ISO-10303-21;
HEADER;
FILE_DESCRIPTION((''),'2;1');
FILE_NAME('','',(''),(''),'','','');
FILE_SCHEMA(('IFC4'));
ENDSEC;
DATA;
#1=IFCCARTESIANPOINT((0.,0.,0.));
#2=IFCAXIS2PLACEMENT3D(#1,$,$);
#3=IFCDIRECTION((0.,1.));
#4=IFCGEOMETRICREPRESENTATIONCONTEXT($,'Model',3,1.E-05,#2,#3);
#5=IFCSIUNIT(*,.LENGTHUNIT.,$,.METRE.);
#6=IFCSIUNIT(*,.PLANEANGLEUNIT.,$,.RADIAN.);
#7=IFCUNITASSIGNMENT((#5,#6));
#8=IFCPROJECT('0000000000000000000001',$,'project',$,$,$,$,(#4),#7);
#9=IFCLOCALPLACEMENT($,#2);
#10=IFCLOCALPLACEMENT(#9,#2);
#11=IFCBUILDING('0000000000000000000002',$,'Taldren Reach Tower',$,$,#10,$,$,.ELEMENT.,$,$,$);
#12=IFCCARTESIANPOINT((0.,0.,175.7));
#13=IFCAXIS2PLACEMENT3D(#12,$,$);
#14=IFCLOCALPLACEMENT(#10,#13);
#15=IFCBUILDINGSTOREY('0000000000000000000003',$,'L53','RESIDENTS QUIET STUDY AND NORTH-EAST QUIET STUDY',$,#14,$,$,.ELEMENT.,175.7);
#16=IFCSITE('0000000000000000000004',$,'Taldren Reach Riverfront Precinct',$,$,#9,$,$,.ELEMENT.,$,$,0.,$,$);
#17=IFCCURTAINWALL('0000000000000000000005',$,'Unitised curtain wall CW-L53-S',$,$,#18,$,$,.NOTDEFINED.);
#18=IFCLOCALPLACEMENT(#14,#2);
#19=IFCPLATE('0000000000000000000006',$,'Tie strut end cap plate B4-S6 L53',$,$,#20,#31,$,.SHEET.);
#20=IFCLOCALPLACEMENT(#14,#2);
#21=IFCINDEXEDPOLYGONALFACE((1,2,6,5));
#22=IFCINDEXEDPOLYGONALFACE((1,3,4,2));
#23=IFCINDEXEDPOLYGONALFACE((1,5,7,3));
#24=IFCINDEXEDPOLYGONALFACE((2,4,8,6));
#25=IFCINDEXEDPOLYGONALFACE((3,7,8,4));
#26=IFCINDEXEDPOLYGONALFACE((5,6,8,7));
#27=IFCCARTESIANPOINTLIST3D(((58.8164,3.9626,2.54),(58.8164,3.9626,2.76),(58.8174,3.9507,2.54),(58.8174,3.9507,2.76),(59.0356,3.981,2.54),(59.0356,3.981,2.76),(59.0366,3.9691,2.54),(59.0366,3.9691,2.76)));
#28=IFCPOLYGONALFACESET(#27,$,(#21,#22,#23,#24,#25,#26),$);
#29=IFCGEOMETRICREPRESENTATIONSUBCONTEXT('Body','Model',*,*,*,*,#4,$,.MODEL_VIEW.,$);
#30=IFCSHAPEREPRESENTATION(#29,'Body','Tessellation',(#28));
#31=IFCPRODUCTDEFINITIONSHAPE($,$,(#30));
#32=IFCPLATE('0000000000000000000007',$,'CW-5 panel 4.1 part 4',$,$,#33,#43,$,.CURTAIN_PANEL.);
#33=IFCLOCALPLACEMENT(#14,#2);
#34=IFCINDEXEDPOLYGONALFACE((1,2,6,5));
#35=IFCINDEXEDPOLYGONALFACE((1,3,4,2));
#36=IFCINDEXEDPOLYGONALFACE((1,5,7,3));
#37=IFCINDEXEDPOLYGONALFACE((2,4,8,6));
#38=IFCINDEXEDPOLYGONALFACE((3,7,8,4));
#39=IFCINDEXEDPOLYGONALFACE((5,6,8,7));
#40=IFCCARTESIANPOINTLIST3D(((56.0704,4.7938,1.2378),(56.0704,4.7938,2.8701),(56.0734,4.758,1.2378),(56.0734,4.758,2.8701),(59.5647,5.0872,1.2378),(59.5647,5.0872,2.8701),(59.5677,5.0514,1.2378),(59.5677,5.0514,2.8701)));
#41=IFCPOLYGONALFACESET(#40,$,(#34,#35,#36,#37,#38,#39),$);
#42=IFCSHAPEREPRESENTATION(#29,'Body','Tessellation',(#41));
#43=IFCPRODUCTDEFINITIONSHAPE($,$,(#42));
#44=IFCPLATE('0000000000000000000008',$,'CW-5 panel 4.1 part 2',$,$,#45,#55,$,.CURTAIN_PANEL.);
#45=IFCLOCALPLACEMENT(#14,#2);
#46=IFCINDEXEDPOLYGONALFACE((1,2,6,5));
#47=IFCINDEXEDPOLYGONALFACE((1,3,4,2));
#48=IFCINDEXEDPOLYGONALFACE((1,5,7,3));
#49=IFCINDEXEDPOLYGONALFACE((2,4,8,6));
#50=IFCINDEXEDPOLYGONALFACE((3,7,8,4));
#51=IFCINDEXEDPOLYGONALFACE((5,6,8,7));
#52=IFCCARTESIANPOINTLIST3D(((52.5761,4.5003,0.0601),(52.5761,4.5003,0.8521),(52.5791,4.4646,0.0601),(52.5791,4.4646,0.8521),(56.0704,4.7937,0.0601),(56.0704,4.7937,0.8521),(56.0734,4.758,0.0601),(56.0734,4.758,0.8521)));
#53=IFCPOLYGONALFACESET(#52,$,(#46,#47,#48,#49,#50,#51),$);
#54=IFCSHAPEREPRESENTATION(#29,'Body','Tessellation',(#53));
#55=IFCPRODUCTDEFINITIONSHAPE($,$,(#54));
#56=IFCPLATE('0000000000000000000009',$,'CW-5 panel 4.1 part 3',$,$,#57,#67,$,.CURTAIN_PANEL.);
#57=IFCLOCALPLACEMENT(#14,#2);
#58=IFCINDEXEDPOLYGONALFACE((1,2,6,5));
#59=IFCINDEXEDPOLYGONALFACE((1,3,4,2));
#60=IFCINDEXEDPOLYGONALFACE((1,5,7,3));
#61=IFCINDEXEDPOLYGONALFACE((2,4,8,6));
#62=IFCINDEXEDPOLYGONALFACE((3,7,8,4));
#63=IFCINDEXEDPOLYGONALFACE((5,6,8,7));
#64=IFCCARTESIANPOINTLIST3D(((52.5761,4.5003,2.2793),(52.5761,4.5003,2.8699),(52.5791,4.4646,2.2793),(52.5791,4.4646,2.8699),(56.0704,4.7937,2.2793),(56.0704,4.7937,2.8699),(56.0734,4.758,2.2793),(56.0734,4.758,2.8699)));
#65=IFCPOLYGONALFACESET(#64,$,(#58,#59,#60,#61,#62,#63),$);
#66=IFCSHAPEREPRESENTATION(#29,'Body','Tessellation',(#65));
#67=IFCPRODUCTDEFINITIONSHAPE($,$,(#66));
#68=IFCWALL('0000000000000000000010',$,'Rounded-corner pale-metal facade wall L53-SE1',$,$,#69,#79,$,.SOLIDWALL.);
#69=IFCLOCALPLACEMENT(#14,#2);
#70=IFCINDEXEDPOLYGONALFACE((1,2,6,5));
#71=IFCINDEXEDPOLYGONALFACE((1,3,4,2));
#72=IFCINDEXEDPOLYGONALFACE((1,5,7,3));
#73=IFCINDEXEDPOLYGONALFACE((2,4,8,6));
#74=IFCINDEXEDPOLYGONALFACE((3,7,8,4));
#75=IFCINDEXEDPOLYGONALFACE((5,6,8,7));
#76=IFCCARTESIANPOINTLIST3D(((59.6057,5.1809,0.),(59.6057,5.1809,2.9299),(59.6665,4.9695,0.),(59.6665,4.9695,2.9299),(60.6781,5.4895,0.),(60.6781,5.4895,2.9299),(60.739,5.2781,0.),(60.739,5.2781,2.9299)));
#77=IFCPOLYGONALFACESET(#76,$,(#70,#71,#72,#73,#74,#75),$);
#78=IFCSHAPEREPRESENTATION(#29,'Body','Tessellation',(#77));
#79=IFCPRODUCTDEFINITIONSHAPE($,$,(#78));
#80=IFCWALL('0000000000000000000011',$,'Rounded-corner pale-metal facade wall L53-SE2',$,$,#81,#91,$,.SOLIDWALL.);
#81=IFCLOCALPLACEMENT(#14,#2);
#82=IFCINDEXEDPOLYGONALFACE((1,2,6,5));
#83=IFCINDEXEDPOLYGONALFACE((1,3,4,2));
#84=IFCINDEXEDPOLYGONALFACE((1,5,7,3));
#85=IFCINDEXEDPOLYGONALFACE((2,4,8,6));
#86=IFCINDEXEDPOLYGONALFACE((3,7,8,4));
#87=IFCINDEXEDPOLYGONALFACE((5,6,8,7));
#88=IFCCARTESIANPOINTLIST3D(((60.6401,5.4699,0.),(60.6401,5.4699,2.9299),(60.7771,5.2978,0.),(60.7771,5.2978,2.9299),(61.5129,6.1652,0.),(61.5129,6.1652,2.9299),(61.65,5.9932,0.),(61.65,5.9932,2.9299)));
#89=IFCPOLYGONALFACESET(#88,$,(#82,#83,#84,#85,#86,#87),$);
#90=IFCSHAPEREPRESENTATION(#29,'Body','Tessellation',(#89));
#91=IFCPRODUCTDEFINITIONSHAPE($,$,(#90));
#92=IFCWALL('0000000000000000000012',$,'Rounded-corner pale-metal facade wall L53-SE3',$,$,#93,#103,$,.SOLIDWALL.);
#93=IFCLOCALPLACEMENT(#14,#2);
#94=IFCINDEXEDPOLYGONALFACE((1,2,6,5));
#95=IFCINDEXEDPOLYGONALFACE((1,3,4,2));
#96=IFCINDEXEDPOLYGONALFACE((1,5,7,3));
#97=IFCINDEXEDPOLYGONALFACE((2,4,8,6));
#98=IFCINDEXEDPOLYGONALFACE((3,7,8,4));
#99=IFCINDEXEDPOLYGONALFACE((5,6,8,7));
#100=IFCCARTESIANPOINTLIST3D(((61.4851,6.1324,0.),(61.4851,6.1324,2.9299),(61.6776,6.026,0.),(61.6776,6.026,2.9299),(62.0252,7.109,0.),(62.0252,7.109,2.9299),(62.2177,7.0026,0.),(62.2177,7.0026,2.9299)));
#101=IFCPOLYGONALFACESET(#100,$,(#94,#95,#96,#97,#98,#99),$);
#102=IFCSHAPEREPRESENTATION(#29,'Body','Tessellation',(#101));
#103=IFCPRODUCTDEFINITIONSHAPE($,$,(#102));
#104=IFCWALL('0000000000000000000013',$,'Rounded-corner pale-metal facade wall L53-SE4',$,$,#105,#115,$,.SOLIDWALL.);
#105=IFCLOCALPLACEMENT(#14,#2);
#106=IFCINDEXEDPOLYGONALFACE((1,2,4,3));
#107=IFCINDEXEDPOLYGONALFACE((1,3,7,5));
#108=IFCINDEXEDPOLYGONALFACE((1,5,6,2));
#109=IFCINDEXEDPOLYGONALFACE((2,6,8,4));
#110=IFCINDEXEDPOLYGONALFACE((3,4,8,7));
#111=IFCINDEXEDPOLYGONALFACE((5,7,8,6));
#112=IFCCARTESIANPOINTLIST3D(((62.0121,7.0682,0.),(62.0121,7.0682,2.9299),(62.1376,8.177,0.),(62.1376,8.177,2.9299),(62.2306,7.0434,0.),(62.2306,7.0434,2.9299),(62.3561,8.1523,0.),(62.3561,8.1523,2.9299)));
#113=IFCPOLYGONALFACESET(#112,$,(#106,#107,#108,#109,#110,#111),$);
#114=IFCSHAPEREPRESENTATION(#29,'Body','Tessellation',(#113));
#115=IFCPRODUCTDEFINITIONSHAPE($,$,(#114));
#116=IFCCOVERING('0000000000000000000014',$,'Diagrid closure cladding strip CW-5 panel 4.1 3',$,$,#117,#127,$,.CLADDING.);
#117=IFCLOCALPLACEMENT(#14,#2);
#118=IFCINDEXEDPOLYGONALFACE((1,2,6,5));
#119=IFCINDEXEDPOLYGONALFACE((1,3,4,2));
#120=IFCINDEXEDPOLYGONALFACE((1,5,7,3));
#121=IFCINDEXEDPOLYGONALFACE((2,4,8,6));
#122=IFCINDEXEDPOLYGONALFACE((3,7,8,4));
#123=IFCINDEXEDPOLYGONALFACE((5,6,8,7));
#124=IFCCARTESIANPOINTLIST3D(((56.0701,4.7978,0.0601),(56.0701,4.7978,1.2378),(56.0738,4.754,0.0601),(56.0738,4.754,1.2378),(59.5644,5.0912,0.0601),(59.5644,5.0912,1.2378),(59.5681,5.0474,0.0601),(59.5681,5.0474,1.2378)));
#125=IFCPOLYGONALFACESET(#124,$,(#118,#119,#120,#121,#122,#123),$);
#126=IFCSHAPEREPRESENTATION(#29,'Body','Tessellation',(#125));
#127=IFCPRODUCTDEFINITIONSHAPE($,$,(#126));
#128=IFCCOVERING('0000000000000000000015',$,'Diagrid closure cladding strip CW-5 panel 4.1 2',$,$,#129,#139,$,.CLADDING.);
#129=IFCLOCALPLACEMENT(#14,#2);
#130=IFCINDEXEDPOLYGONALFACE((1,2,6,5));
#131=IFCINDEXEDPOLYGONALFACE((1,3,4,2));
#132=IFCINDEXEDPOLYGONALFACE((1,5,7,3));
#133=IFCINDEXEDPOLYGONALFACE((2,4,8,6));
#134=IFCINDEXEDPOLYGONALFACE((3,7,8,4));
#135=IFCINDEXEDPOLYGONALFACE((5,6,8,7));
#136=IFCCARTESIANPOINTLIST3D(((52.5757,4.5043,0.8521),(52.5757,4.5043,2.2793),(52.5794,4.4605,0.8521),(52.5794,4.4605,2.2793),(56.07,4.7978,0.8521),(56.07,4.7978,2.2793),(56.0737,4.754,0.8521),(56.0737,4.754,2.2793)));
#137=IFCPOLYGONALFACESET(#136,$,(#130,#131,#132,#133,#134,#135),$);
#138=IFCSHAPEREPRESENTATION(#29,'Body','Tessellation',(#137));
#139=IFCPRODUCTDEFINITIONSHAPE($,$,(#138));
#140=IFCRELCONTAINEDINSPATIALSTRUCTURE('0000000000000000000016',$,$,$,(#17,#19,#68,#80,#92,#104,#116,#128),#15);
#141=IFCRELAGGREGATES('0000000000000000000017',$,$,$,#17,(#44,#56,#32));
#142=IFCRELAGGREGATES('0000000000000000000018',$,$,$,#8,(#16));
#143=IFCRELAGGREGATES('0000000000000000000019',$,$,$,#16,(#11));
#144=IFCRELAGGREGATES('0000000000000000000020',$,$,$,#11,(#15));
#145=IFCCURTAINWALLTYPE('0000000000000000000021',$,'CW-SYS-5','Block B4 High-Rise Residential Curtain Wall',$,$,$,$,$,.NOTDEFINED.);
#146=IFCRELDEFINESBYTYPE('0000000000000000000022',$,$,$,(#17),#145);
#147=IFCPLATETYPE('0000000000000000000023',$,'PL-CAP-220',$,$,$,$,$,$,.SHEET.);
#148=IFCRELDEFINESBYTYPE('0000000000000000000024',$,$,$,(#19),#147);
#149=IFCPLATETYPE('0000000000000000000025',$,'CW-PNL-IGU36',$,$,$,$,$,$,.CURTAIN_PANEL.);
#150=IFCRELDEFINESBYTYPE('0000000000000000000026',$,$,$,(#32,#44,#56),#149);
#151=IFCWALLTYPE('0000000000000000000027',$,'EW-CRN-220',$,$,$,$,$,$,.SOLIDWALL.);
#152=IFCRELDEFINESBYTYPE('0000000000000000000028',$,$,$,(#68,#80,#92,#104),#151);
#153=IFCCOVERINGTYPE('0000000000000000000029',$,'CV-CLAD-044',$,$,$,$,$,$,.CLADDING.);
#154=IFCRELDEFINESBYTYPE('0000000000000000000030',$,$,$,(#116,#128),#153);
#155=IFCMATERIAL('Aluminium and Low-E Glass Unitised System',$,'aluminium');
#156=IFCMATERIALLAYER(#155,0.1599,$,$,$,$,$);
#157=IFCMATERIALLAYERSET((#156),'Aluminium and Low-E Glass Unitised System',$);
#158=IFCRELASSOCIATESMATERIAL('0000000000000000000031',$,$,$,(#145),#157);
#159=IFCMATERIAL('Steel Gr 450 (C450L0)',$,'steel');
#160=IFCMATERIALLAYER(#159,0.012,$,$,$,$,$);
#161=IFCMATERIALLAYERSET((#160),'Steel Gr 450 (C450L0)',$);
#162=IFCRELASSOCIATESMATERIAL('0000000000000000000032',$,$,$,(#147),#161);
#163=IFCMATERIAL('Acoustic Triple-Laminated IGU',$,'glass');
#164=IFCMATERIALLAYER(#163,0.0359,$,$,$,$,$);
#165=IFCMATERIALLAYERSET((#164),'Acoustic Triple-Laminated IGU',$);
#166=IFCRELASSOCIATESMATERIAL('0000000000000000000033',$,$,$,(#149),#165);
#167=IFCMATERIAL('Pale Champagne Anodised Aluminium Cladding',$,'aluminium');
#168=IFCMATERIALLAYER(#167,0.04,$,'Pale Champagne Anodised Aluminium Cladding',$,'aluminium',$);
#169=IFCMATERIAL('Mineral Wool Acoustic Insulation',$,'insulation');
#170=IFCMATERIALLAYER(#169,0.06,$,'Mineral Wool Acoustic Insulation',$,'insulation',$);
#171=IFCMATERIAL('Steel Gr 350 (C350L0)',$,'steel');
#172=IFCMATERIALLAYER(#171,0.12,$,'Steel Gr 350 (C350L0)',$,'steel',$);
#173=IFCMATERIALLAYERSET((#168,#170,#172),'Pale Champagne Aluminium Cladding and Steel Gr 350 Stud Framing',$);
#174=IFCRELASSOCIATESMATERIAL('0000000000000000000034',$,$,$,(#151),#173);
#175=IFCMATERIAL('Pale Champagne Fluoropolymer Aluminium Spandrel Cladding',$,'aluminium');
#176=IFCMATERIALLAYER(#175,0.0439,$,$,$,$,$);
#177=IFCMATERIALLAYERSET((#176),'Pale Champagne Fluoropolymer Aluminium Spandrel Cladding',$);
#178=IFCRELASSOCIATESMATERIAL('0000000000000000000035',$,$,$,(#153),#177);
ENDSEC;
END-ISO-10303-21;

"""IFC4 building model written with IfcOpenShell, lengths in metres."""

from ifc_helpers import new_model, si_unit, direction, frame, frame_2d, origin, origin_2d, place, context, subcontext, project, spatial, rectangle, extrude, source, transform, mapped, material, layer, layer_set, type_object, element, aggregate, save


model = new_model("IFC4")

# Units and contexts
model_context = context("Model", 3, precision=1e-05, world=origin(), true_north=direction((0.0, 1.0)))
body_context = subcontext(model_context, "Body", "Model", "MODEL_VIEW")
ifc_project = project(units=[si_unit("LENGTHUNIT", "METRE"), si_unit("PLANEANGLEUNIT", "RADIAN")], contexts=[model_context])

# Site, building, storey
site_placement = place(None, origin())
site = spatial("IfcSite", under=ifc_project, at=site_placement, Name="Taldren Reach Riverfront Precinct", CompositionType="ELEMENT", RefElevation=0.0)
building_placement = place(site_placement, origin())
building = spatial("IfcBuilding", under=site, at=building_placement, Name="Taldren Reach Tower", CompositionType="ELEMENT")
storey_placement = place(building_placement, frame((0.0, 0.0, 175.7)))
storey = spatial("IfcBuildingStorey", under=building, at=storey_placement, Name="L53", Description="RESIDENTS QUIET STUDY AND NORTH-EAST QUIET STUDY", CompositionType="ELEMENT", Elevation=175.7)

# Shared definitions
ifc_material_1 = material(Name="Steel Gr 350 (C350L0)", Category="steel")

# Shared definitions
ifc_material_2 = material(Name="Steel Gr 450 (C450L0)", Category="steel")

# Curtain wall
ifc_material_3 = material(Name="Aluminium and Low-E Glass Unitised System", Category="aluminium")
ifc_layer_1 = layer(ifc_material_3, 0.1599)
ifc_layer_set_1 = layer_set([ifc_layer_1], Name="Aluminium and Low-E Glass Unitised System")
curtain_wall_type = type_object("IfcCurtainWallType", Name="CW-SYS-5", Description="Block B4 High-Rise Residential Curtain Wall", PredefinedType="NOTDEFINED", material=ifc_layer_set_1)
curtain_wall_1_placement = place(storey_placement, origin())
curtain_wall_1 = element("IfcCurtainWall", 1, at=curtain_wall_1_placement, inside=storey, type_object=curtain_wall_type, Name="Unitised curtain wall CW-L53-S", PredefinedType="NOTDEFINED")

# Plate
ifc_layer_2 = layer(ifc_material_2, 0.012)
ifc_layer_set_2 = layer_set([ifc_layer_2], Name="Steel Gr 450 (C450L0)")
plate_type_1 = type_object("IfcPlateType", Name="PL-CAP-220", PredefinedType="SHEET", material=ifc_layer_set_2)
shared_shape_1 = source(origin(), body_context, "Body", "SweptSolid", [
    extrude(rectangle(XDim=0.22, YDim=0.012, at=origin_2d()), origin(), (0.0, 0.0, 1.0), 0.22),
])
plate_1_placement = place(storey_placement, frame((58.9265, 3.9658, 2.54), z_axis=(0.0, 0.0, 1.0), x_axis=(0.996493, 0.083678, 0.0)))
element("IfcPlate", 2, at=plate_1_placement, inside=storey, type_object=plate_type_1, Name="Tie strut end cap plate B4-S6 L53", PredefinedType="SHEET", context=body_context, shape_type="MappedRepresentation", body=[
    mapped(shared_shape_1, transform((0.0, 0.0, 0.0), scale=1.0)),
])

# Plates
ifc_material_4 = material(Name="Acoustic Triple-Laminated IGU", Category="glass")
ifc_layer_3 = layer(ifc_material_4, 0.0359)
ifc_layer_set_3 = layer_set([ifc_layer_3], Name="Acoustic Triple-Laminated IGU")
plate_type_2 = type_object("IfcPlateType", Name="CW-PNL-IGU36", PredefinedType="CURTAIN_PANEL", material=ifc_layer_set_3)
shared_shape_2 = source(origin(), body_context, "Body", "SweptSolid", [
    extrude(rectangle(XDim=3.5066, YDim=0.0359, at=origin_2d()), origin(), (0.0, 0.0, 1.0), 1.6323),
])
plate_2_placement = place(storey_placement, frame((57.8191, 4.9226, 1.2378), z_axis=(0.0, 0.0, 1.0), x_axis=(0.996493, 0.083678, 0.0)))
plate_2 = element("IfcPlate", 3, at=plate_2_placement, type_object=plate_type_2, Name="CW-5 panel 4.1 part 4", PredefinedType="CURTAIN_PANEL", context=body_context, shape_type="MappedRepresentation", body=[
    mapped(shared_shape_2, transform((0.0, 0.0, 0.0), scale=1.0)),
])
shared_shape_3 = source(origin(), body_context, "Body", "SweptSolid", [
    extrude(rectangle(XDim=3.5066, YDim=0.0359, at=origin_2d()), origin(), (0.0, 0.0, 1.0), 0.792),
])
plate_3_placement = place(storey_placement, frame((54.3247, 4.6292, 0.0601), z_axis=(0.0, 0.0, 1.0), x_axis=(0.996493, 0.083678, 0.0)))
plate_3 = element("IfcPlate", 4, at=plate_3_placement, type_object=plate_type_2, Name="CW-5 panel 4.1 part 2", PredefinedType="CURTAIN_PANEL", context=body_context, shape_type="MappedRepresentation", body=[
    mapped(shared_shape_3, transform((0.0, 0.0, 0.0), scale=1.0)),
])
shared_shape_4 = source(origin(), body_context, "Body", "SweptSolid", [
    extrude(rectangle(XDim=3.5066, YDim=0.0359, at=origin_2d()), origin(), (0.0, 0.0, 1.0), 0.5906),
])
plate_4_placement = place(storey_placement, frame((54.3247, 4.6292, 2.2793), z_axis=(0.0, 0.0, 1.0), x_axis=(0.996493, 0.083678, 0.0)))
plate_4 = element("IfcPlate", 5, at=plate_4_placement, type_object=plate_type_2, Name="CW-5 panel 4.1 part 3", PredefinedType="CURTAIN_PANEL", context=body_context, shape_type="MappedRepresentation", body=[
    mapped(shared_shape_4, transform((0.0, 0.0, 0.0), scale=1.0)),
])
aggregate(curtain_wall_1, [plate_3, plate_4, plate_2])

# Walls
ifc_material_5 = material(Name="Pale Champagne Anodised Aluminium Cladding", Category="aluminium")
ifc_layer_4 = layer(ifc_material_5, 0.04, Name="Pale Champagne Anodised Aluminium Cladding", Category="aluminium")
ifc_material_6 = material(Name="Mineral Wool Acoustic Insulation", Category="insulation")
ifc_layer_5 = layer(ifc_material_6, 0.06, Name="Mineral Wool Acoustic Insulation", Category="insulation")
ifc_layer_6 = layer(ifc_material_1, 0.12, Name="Steel Gr 350 (C350L0)", Category="steel")
ifc_layer_set_4 = layer_set([ifc_layer_4, ifc_layer_5, ifc_layer_6], Name="Pale Champagne Aluminium Cladding and Steel Gr 350 Stud Framing")
wall_type = type_object("IfcWallType", Name="EW-CRN-220", PredefinedType="SOLIDWALL", material=ifc_layer_set_4)
shared_shape_5 = source(origin(), body_context, "Body", "SweptSolid", [
    extrude(rectangle(XDim=1.116, YDim=0.22, at=frame_2d((0.5581, 0.0))), origin(), (0.0, 0.0, 1.0), 2.9299),
])
for number, where, z_axis, x_axis, name in (
    (6, (59.636, 5.0752, 0.0), (0.0, 0.0, 1.0), (0.96101, 0.276512, 0.0), "Rounded-corner pale-metal facade wall L53-SE1"),
    (7, (60.7085, 5.3838, 0.0), (0.0, 0.0, 1.0), (0.782148, 0.623093, 0.0), "Rounded-corner pale-metal facade wall L53-SE2"),
    (8, (61.5813, 6.0791, 0.0), (0.0, 0.0, 1.0), (0.483933, 0.875105, 0.0), "Rounded-corner pale-metal facade wall L53-SE3"),
    (9, (62.1213, 7.0557, 0.0), (0.0, 0.0, 1.0), (0.112448, 0.993658, 0.0), "Rounded-corner pale-metal facade wall L53-SE4"),
):
    element("IfcWall", number, at=place(storey_placement, frame(where, z_axis=z_axis, x_axis=x_axis)), inside=storey, type_object=wall_type, Name=name, PredefinedType="SOLIDWALL", context=body_context, shape_type="MappedRepresentation", body=[
        mapped(shared_shape_5, transform((0.0, 0.0, 0.0), scale=1.0)),
    ])

# Coverings
ifc_material_7 = material(Name="Pale Champagne Fluoropolymer Aluminium Spandrel Cladding", Category="aluminium")
ifc_layer_7 = layer(ifc_material_7, 0.0439)
ifc_layer_set_5 = layer_set([ifc_layer_7], Name="Pale Champagne Fluoropolymer Aluminium Spandrel Cladding")
covering_type = type_object("IfcCoveringType", Name="CV-CLAD-044", PredefinedType="CLADDING", material=ifc_layer_set_5)
shared_shape_6 = source(origin(), body_context, "Body", "SweptSolid", [
    extrude(rectangle(XDim=3.5066, YDim=0.0439, at=origin_2d()), origin(), (0.0, 0.0, 1.0), 1.1777),
])
covering_1_placement = place(storey_placement, frame((57.8191, 4.9226, 0.0601), z_axis=(0.0, 0.0, 1.0), x_axis=(0.996493, 0.083678, 0.0)))
element("IfcCovering", 10, at=covering_1_placement, inside=storey, type_object=covering_type, Name="Diagrid closure cladding strip CW-5 panel 4.1 3", PredefinedType="CLADDING", context=body_context, shape_type="MappedRepresentation", body=[
    mapped(shared_shape_6, transform((0.0, 0.0, 0.0), scale=1.0)),
])
shared_shape_7 = source(origin(), body_context, "Body", "SweptSolid", [
    extrude(rectangle(XDim=3.5066, YDim=0.0439, at=origin_2d()), origin(), (0.0, 0.0, 1.0), 1.4272),
])
covering_2_placement = place(storey_placement, frame((54.3247, 4.6292, 0.8521), z_axis=(0.0, 0.0, 1.0), x_axis=(0.996493, 0.083678, 0.0)))
element("IfcCovering", 11, at=covering_2_placement, inside=storey, type_object=covering_type, Name="Diagrid closure cladding strip CW-5 panel 4.1 2", PredefinedType="CLADDING", context=body_context, shape_type="MappedRepresentation", body=[
    mapped(shared_shape_7, transform((0.0, 0.0, 0.0), scale=1.0)),
])

save(model, "model.ifc")
